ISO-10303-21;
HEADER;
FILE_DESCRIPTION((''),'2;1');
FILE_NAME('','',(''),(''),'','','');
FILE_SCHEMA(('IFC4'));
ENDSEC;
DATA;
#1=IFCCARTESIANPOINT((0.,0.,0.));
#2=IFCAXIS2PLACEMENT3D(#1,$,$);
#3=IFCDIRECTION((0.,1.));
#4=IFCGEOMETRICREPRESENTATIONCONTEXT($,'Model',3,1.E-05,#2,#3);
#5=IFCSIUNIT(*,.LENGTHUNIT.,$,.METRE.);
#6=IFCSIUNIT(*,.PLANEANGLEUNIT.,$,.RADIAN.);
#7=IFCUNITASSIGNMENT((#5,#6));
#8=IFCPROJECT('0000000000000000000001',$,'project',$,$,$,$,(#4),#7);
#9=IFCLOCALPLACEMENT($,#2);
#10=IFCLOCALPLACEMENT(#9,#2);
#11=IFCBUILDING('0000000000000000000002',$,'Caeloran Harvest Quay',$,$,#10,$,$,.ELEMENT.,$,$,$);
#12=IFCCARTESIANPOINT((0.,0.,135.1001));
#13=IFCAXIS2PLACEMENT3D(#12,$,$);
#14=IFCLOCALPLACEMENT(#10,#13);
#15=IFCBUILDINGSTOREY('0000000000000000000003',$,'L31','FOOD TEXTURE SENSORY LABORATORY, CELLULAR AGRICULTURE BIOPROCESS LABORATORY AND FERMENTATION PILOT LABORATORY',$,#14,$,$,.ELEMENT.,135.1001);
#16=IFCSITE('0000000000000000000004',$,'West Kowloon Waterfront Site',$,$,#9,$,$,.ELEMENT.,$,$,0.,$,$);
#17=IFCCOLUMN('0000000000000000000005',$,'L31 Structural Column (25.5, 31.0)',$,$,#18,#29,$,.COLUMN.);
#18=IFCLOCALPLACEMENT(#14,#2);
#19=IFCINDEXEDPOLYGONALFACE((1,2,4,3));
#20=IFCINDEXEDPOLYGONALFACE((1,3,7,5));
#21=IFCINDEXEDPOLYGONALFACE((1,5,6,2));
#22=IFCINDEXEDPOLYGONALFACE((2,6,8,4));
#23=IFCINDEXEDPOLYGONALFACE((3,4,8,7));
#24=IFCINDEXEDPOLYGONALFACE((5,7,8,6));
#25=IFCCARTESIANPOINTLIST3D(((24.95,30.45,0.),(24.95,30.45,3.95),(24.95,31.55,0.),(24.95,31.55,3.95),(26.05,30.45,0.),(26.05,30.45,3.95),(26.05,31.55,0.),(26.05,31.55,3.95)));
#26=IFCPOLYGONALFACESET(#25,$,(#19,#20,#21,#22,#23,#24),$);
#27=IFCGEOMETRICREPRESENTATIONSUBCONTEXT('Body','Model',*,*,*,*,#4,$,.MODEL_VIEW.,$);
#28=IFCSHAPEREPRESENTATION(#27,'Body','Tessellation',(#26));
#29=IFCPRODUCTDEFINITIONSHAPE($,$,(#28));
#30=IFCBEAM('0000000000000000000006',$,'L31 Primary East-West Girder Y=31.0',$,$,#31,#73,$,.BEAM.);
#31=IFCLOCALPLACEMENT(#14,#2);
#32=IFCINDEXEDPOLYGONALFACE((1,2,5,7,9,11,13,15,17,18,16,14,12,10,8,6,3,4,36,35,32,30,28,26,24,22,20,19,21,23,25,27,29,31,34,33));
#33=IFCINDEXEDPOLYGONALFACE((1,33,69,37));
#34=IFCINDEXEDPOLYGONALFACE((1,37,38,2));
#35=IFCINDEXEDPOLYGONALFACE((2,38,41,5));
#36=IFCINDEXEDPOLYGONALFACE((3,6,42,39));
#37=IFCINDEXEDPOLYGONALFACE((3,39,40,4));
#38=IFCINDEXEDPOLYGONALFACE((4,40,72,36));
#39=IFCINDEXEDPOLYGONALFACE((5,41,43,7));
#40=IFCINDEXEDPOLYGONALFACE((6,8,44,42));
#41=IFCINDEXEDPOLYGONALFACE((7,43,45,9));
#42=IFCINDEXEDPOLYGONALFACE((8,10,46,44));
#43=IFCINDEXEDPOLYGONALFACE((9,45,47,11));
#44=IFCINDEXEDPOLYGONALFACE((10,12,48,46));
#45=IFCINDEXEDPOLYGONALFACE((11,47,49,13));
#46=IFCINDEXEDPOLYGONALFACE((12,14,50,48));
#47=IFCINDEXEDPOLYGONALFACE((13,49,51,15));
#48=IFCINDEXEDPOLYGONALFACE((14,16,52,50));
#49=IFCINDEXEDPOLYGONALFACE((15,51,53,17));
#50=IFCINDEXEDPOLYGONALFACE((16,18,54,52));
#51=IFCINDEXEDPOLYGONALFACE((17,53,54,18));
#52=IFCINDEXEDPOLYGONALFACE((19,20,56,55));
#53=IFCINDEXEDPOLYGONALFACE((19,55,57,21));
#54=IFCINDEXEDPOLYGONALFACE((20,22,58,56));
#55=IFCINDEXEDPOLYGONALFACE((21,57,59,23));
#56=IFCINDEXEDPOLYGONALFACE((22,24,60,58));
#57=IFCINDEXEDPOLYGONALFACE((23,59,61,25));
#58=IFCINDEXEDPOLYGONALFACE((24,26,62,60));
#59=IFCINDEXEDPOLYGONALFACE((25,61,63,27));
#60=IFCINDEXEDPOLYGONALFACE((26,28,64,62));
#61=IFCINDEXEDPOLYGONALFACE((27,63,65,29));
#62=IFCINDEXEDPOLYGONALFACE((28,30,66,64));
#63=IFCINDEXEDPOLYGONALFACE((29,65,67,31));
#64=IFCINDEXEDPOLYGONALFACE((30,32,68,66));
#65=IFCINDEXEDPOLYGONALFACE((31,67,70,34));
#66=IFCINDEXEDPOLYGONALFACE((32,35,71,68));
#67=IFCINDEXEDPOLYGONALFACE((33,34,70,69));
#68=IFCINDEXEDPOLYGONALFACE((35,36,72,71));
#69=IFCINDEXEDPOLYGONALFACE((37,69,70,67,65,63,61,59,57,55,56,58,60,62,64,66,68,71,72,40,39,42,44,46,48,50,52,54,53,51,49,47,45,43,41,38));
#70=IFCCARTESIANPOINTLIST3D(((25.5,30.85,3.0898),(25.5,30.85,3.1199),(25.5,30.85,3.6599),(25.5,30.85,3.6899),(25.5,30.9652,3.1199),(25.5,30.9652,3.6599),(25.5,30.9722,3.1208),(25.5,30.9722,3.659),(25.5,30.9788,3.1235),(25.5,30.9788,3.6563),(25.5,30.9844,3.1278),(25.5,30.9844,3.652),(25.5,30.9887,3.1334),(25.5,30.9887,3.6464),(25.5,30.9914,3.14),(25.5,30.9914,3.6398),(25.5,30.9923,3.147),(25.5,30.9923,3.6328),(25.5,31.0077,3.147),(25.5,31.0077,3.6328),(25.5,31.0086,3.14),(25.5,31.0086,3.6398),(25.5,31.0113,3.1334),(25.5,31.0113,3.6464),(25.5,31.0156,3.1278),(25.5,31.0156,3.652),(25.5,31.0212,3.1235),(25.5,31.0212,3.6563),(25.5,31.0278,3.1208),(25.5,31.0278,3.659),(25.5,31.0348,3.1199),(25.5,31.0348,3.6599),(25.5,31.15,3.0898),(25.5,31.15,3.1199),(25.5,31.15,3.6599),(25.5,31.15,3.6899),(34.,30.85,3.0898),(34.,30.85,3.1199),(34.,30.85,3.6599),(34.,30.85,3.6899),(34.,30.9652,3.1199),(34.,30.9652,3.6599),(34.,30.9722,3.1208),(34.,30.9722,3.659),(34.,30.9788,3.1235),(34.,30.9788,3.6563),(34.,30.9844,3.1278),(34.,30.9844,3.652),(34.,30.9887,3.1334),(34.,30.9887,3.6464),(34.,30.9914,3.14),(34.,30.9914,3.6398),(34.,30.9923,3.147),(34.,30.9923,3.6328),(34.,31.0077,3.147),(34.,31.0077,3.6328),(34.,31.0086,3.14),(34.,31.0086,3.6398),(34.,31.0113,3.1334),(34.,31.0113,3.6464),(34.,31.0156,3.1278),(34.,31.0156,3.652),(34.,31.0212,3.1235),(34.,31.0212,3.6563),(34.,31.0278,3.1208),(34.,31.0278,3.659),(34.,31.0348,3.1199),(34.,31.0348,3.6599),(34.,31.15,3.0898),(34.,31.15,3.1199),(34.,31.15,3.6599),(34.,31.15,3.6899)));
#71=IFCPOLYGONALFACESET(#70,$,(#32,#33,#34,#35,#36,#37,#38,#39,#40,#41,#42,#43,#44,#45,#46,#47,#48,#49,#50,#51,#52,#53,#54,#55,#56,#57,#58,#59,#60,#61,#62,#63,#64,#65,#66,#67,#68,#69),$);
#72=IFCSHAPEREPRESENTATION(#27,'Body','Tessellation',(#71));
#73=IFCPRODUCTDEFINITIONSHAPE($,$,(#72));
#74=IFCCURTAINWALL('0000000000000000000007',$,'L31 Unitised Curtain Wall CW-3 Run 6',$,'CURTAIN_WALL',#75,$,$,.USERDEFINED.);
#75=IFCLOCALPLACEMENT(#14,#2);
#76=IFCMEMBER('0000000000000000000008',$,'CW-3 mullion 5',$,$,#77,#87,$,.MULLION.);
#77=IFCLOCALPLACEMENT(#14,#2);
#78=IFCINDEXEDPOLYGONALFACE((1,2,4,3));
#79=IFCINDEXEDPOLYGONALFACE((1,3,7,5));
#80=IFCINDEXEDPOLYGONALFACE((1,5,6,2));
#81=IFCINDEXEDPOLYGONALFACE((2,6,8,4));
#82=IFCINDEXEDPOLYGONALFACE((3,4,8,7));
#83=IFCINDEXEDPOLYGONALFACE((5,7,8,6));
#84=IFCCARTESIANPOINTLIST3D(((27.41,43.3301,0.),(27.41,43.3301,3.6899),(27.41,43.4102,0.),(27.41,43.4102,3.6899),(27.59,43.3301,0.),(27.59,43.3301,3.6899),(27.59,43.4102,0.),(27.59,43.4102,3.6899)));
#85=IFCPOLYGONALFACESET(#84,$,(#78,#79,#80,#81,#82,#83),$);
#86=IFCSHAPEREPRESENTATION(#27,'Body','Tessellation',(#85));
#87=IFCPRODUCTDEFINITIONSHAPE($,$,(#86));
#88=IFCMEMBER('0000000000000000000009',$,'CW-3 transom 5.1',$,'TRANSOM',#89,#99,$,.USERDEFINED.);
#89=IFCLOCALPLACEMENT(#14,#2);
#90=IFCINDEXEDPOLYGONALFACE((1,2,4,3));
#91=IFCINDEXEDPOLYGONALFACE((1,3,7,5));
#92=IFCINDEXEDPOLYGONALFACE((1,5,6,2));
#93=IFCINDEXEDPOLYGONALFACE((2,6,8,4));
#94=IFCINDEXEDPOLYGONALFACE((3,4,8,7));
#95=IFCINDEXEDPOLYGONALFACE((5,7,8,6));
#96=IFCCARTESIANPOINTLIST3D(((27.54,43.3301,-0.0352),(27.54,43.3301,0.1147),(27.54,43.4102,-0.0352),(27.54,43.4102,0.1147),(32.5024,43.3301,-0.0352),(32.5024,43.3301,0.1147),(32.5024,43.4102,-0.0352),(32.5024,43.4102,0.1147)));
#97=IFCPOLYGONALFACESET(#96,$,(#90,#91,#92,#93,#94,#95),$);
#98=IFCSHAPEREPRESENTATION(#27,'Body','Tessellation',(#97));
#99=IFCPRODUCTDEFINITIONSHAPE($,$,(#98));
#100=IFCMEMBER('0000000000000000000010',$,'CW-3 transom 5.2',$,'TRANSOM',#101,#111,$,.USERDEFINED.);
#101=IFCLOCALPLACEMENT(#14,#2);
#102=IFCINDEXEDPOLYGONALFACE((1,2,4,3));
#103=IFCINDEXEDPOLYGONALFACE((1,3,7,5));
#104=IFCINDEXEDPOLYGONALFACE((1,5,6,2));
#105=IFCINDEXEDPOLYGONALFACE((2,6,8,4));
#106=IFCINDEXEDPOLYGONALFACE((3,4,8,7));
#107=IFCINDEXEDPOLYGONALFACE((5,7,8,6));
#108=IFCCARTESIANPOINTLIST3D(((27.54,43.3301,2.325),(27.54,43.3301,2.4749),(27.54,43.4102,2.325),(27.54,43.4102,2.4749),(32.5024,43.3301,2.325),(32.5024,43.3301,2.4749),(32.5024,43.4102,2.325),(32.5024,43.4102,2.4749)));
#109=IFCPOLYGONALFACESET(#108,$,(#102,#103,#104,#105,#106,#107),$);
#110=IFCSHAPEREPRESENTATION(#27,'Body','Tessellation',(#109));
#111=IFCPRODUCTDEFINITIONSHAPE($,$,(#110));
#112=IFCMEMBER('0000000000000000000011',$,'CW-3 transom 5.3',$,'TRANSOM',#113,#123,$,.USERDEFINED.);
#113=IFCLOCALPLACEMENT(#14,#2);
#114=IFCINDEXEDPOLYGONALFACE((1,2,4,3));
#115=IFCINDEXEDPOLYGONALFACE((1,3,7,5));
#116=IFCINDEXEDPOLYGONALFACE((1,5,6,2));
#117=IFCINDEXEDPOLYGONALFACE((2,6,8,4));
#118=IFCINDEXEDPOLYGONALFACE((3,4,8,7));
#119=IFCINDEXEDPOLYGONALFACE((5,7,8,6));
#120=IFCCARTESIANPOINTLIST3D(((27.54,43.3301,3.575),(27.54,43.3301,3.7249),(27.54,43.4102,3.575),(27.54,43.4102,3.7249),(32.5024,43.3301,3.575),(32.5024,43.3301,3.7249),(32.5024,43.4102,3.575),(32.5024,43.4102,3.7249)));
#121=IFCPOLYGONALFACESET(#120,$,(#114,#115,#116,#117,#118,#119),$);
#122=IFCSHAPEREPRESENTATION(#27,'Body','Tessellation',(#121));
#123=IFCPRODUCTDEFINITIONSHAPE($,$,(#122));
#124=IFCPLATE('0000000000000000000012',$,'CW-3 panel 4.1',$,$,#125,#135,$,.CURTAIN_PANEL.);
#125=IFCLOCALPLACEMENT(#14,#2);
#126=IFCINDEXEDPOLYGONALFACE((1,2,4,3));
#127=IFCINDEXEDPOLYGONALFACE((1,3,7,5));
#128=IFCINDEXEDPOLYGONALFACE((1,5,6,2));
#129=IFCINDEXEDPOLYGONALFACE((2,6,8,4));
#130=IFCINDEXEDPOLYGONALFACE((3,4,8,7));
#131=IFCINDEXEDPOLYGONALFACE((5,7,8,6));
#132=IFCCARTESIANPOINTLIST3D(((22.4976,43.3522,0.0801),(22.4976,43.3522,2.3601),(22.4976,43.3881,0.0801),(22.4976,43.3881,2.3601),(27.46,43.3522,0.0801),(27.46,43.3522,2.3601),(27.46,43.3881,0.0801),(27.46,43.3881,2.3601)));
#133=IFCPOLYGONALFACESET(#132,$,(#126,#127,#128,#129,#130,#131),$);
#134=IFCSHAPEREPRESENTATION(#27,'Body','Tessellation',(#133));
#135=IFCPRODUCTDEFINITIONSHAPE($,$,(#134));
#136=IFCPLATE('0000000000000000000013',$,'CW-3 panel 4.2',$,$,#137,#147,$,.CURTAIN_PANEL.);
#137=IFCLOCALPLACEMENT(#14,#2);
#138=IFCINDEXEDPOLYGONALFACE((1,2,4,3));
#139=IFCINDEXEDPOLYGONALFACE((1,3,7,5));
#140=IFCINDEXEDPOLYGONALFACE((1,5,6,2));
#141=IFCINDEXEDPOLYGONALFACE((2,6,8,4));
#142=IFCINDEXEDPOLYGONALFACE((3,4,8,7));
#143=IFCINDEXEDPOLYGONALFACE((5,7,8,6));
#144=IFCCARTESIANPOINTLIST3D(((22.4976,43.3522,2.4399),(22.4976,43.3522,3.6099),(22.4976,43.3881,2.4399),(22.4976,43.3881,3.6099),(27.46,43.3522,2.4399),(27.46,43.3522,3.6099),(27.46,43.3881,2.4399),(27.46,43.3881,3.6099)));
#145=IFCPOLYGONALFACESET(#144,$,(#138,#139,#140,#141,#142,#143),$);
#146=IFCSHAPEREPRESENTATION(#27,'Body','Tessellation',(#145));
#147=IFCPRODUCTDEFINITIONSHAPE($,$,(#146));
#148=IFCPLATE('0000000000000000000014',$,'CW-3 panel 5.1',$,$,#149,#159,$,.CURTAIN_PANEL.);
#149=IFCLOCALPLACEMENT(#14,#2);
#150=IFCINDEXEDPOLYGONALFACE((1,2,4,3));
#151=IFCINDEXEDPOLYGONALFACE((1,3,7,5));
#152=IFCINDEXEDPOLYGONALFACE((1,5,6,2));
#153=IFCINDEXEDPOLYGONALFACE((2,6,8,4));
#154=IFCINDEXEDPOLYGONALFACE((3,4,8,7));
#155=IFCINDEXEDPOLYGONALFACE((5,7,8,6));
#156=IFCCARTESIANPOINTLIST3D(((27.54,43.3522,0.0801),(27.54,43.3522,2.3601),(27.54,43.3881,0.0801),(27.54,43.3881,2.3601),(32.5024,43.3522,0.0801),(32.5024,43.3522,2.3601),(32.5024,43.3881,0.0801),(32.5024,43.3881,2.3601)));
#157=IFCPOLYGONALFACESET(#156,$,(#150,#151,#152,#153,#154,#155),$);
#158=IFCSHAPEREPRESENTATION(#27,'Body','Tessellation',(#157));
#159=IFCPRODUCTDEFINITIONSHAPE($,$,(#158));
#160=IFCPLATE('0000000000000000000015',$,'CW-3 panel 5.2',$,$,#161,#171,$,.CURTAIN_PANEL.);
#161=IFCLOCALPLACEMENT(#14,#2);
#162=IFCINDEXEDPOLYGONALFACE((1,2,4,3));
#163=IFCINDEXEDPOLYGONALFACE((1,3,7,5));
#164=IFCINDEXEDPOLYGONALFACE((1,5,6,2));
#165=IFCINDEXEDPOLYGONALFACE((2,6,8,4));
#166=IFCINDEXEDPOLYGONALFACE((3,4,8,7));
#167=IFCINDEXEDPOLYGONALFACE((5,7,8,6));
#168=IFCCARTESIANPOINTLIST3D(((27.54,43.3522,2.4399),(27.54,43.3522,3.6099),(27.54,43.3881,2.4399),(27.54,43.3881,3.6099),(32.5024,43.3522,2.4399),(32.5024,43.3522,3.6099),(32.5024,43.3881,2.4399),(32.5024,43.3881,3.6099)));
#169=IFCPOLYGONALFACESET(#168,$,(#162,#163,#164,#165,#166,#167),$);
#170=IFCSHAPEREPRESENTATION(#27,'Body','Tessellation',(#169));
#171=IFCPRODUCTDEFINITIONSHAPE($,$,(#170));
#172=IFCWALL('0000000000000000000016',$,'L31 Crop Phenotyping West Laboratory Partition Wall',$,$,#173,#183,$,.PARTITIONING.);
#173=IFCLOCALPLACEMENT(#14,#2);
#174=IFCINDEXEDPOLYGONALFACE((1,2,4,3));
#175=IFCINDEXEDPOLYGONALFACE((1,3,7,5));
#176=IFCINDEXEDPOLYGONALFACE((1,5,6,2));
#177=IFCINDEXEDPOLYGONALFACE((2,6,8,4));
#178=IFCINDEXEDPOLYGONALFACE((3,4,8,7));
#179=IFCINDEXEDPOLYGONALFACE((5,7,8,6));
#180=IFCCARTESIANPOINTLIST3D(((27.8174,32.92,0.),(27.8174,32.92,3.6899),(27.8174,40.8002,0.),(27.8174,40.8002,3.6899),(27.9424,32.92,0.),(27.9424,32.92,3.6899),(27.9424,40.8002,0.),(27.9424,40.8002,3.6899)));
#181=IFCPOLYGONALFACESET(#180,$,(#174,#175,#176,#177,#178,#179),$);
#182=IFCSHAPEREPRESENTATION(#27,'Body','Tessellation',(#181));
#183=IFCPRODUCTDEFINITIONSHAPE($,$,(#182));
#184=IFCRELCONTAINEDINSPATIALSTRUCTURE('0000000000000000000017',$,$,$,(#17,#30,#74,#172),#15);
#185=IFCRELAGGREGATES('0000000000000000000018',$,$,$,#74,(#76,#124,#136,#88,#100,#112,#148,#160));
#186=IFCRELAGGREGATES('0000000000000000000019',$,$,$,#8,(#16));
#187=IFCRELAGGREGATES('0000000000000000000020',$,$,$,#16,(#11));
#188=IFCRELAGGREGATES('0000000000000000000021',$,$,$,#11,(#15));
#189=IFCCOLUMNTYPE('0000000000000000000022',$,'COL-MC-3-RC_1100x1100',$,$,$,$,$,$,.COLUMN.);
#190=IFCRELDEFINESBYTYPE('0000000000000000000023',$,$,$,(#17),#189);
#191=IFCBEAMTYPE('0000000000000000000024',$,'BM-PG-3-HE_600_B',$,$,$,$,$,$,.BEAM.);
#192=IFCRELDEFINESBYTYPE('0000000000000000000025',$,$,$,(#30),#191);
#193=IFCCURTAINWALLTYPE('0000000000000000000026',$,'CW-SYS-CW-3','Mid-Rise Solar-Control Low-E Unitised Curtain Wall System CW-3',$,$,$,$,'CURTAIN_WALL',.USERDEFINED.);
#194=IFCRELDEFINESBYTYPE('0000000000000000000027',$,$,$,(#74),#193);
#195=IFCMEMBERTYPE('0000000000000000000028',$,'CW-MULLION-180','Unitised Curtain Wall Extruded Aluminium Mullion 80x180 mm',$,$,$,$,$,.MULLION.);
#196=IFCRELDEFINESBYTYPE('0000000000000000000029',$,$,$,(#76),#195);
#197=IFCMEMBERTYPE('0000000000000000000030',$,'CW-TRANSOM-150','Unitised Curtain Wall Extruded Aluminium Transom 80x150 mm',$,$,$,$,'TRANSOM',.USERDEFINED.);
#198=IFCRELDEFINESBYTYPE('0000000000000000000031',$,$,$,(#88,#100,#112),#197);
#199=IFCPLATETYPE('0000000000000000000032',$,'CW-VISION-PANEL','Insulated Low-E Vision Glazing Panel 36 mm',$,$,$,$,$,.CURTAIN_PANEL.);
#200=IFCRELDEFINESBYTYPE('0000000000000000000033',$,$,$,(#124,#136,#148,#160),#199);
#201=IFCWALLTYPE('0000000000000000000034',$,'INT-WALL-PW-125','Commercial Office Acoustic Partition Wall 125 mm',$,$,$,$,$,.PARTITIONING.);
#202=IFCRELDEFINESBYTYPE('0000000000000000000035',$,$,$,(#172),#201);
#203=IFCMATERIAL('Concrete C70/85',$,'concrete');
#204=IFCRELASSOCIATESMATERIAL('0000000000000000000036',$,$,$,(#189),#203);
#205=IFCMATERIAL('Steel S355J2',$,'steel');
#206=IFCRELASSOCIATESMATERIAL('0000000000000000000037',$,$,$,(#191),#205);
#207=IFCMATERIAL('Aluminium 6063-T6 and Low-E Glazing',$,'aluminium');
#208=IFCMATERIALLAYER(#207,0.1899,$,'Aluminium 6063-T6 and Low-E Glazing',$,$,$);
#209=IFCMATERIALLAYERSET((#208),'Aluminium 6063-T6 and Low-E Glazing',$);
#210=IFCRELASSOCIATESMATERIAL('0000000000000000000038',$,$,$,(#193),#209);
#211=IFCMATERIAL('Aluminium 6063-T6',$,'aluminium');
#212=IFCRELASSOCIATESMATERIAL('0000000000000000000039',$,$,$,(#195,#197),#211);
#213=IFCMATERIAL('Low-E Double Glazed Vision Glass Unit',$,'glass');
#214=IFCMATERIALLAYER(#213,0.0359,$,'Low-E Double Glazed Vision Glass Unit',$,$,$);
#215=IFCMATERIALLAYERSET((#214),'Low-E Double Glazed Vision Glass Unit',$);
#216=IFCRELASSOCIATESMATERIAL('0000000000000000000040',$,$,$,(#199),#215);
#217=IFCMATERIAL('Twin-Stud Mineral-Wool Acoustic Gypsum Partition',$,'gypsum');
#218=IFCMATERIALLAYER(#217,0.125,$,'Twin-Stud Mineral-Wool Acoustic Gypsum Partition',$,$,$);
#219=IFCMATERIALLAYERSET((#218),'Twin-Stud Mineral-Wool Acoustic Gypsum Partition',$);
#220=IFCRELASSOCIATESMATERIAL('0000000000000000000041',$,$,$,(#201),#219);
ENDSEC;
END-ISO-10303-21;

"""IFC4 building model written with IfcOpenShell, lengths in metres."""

from ifc_helpers import new_model, si_unit, direction, frame, frame_2d, origin, origin_2d, place, context, subcontext, project, spatial, rectangle, i_section, extrude, material, layer, layer_set, material_profile, profile_set, type_object, element, aggregate, save


model = new_model("IFC4")

# Units and contexts
model_context = context("Model", 3, precision=1e-05, world=origin(), true_north=direction((0.0, 1.0)))
body_context = subcontext(model_context, "Body", "Model", "MODEL_VIEW")
ifc_project = project(units=[si_unit("LENGTHUNIT", "METRE"), si_unit("PLANEANGLEUNIT", "RADIAN")], contexts=[model_context])

# Site, building, storey
site_placement = place(None, origin())
site = spatial("IfcSite", under=ifc_project, at=site_placement, Name="West Kowloon Waterfront Site", CompositionType="ELEMENT", RefElevation=0.0)
building_placement = place(site_placement, origin())
building = spatial("IfcBuilding", under=site, at=building_placement, Name="Caeloran Harvest Quay", CompositionType="ELEMENT")
storey_placement = place(building_placement, frame((0.0, 0.0, 135.1001)))
storey = spatial("IfcBuildingStorey", under=building, at=storey_placement, Name="L31", Description="FOOD TEXTURE SENSORY LABORATORY, CELLULAR AGRICULTURE BIOPROCESS LABORATORY AND FERMENTATION PILOT LABORATORY", CompositionType="ELEMENT", Elevation=135.1001)

# Column
ifc_material_1 = material(Name="Concrete C70/85", Category="concrete")
ifc_material_profile_1 = material_profile(ifc_material_1, rectangle(XDim=1.1001, YDim=1.1001, at=origin_2d()), Name="RC 1100x1100")
ifc_profile_set_1 = profile_set([ifc_material_profile_1], Name="Concrete C70/85")
column_type = type_object("IfcColumnType", Name="COL-MC-3-RC_1100x1100", PredefinedType="COLUMN", material=ifc_profile_set_1)
column_placement = place(storey_placement, frame((25.5, 31.0, 0.0), z_axis=(0.0, 0.0, 1.0), x_axis=(1.0, 0.0, 0.0)))
element("IfcColumn", 1, at=column_placement, inside=storey, type_object=column_type, Name="L31 Structural Column (25.5, 31.0)", PredefinedType="COLUMN", context=body_context, shape_type="SweptSolid", body=[
    extrude(rectangle(XDim=1.1001, YDim=1.1001, at=origin_2d()), origin(), (0.0, 0.0, 1.0), 3.95),
])

# Beam
ifc_material_2 = material(Name="Steel S355J2", Category="steel")
ifc_material_profile_2 = material_profile(ifc_material_2, i_section(OverallWidth=0.3, OverallDepth=0.6001, WebThickness=0.0154, FlangeThickness=0.03, FilletRadius=0.0271, at=origin_2d()), Name="HE 600 B")
ifc_profile_set_2 = profile_set([ifc_material_profile_2], Name="Steel S355J2")
beam_type = type_object("IfcBeamType", Name="BM-PG-3-HE_600_B", PredefinedType="BEAM", material=ifc_profile_set_2)
beam_placement = place(storey_placement, frame((25.5, 31.0, 3.3899), z_axis=(1.0, 0.0, 0.0), x_axis=(0.0, 1.0, 0.0)))
element("IfcBeam", 2, at=beam_placement, inside=storey, type_object=beam_type, Name="L31 Primary East-West Girder Y=31.0", PredefinedType="BEAM", context=body_context, shape_type="SweptSolid", body=[
    extrude(i_section(OverallWidth=0.3, OverallDepth=0.6001, WebThickness=0.0154, FlangeThickness=0.03, FilletRadius=0.0271, at=origin_2d()), origin(), (0.0, 0.0, 1.0), 8.5),
])

# Curtain wall, members, plates
ifc_material_3 = material(Name="Aluminium 6063-T6 and Low-E Glazing", Category="aluminium")
ifc_layer_1 = layer(ifc_material_3, 0.1899, Name="Aluminium 6063-T6 and Low-E Glazing")
ifc_layer_set_1 = layer_set([ifc_layer_1], Name="Aluminium 6063-T6 and Low-E Glazing")
curtain_wall_type = type_object("IfcCurtainWallType", Name="CW-SYS-CW-3", Description="Mid-Rise Solar-Control Low-E Unitised Curtain Wall System CW-3", ElementType="CURTAIN_WALL", PredefinedType="USERDEFINED", material=ifc_layer_set_1)
curtain_wall_placement = place(storey_placement, origin())
curtain_wall = element("IfcCurtainWall", 3, at=curtain_wall_placement, inside=storey, type_object=curtain_wall_type, Name="L31 Unitised Curtain Wall CW-3 Run 6", ObjectType="CURTAIN_WALL", PredefinedType="USERDEFINED")
ifc_material_4 = material(Name="Aluminium 6063-T6", Category="aluminium")
ifc_material_profile_3 = material_profile(ifc_material_4, rectangle(XDim=0.0801, YDim=0.1799, at=origin_2d()), Name="CW-MULLION-180")
ifc_profile_set_3 = profile_set([ifc_material_profile_3], Name="Aluminium 6063-T6")
member_type_1 = type_object("IfcMemberType", Name="CW-MULLION-180", Description="Unitised Curtain Wall Extruded Aluminium Mullion 80x180 mm", PredefinedType="MULLION", material=ifc_profile_set_3)
member_1_placement = place(storey_placement, frame((27.5, 43.3701, 0.0), z_axis=(0.0, 0.0, 1.0), x_axis=(0.0, 1.0, 0.0)))
member_1 = element("IfcMember", 4, at=member_1_placement, type_object=member_type_1, Name="CW-3 mullion 5", PredefinedType="MULLION", context=body_context, shape_type="SweptSolid", body=[
    extrude(rectangle(XDim=0.0801, YDim=0.1799, at=origin_2d()), origin(), (0.0, 0.0, 1.0), 3.6899),
])
ifc_material_profile_4 = material_profile(ifc_material_4, rectangle(XDim=0.0801, YDim=0.1499, at=origin_2d()), Name="CW-TRANSOM-150")
ifc_profile_set_4 = profile_set([ifc_material_profile_4], Name="Aluminium 6063-T6")
member_type_2 = type_object("IfcMemberType", Name="CW-TRANSOM-150", Description="Unitised Curtain Wall Extruded Aluminium Transom 80x150 mm", ElementType="TRANSOM", PredefinedType="USERDEFINED", material=ifc_profile_set_4)
member_2_placement = place(storey_placement, frame((27.54, 43.3701, 0.0398), z_axis=(1.0, 0.0, 0.0), x_axis=(0.0, 1.0, 0.0)))
member_2 = element("IfcMember", 5, at=member_2_placement, type_object=member_type_2, Name="CW-3 transom 5.1", ObjectType="TRANSOM", PredefinedType="USERDEFINED", context=body_context, shape_type="SweptSolid", body=[
    extrude(rectangle(XDim=0.0801, YDim=0.1499, at=origin_2d()), origin(), (0.0, 0.0, 1.0), 4.9624),
])
member_3_placement = place(storey_placement, frame((27.54, 43.3701, 2.3999), z_axis=(1.0, 0.0, 0.0), x_axis=(0.0, 1.0, 0.0)))
member_3 = element("IfcMember", 6, at=member_3_placement, type_object=member_type_2, Name="CW-3 transom 5.2", ObjectType="TRANSOM", PredefinedType="USERDEFINED", context=body_context, shape_type="SweptSolid", body=[
    extrude(rectangle(XDim=0.0801, YDim=0.1499, at=origin_2d()), origin(), (0.0, 0.0, 1.0), 4.9624),
])
member_4_placement = place(storey_placement, frame((27.54, 43.3701, 3.6499), z_axis=(1.0, 0.0, 0.0), x_axis=(0.0, 1.0, 0.0)))
member_4 = element("IfcMember", 7, at=member_4_placement, type_object=member_type_2, Name="CW-3 transom 5.3", ObjectType="TRANSOM", PredefinedType="USERDEFINED", context=body_context, shape_type="SweptSolid", body=[
    extrude(rectangle(XDim=0.0801, YDim=0.1499, at=origin_2d()), origin(), (0.0, 0.0, 1.0), 4.9624),
])
ifc_material_5 = material(Name="Low-E Double Glazed Vision Glass Unit", Category="glass")
ifc_layer_2 = layer(ifc_material_5, 0.0359, Name="Low-E Double Glazed Vision Glass Unit")
ifc_layer_set_2 = layer_set([ifc_layer_2], Name="Low-E Double Glazed Vision Glass Unit")
plate_type = type_object("IfcPlateType", Name="CW-VISION-PANEL", Description="Insulated Low-E Vision Glazing Panel 36 mm", PredefinedType="CURTAIN_PANEL", material=ifc_layer_set_2)
plate_1_placement = place(storey_placement, frame((24.9788, 43.3701, 0.0801), z_axis=(0.0, 0.0, 1.0), x_axis=(1.0, 0.0, 0.0)))
plate_1 = element("IfcPlate", 8, at=plate_1_placement, type_object=plate_type, Name="CW-3 panel 4.1", PredefinedType="CURTAIN_PANEL", context=body_context, shape_type="SweptSolid", body=[
    extrude(rectangle(XDim=4.9624, YDim=0.0359, at=origin_2d()), origin(), (0.0, 0.0, 1.0), 2.28),
])
plate_2_placement = place(storey_placement, frame((24.9788, 43.3701, 2.4399), z_axis=(0.0, 0.0, 1.0), x_axis=(1.0, 0.0, 0.0)))
plate_2 = element("IfcPlate", 9, at=plate_2_placement, type_object=plate_type, Name="CW-3 panel 4.2", PredefinedType="CURTAIN_PANEL", context=body_context, shape_type="SweptSolid", body=[
    extrude(rectangle(XDim=4.9624, YDim=0.0359, at=origin_2d()), origin(), (0.0, 0.0, 1.0), 1.1699),
])
plate_3_placement = place(storey_placement, frame((30.0212, 43.3701, 0.0801), z_axis=(0.0, 0.0, 1.0), x_axis=(1.0, 0.0, 0.0)))
plate_3 = element("IfcPlate", 10, at=plate_3_placement, type_object=plate_type, Name="CW-3 panel 5.1", PredefinedType="CURTAIN_PANEL", context=body_context, shape_type="SweptSolid", body=[
    extrude(rectangle(XDim=4.9624, YDim=0.0359, at=origin_2d()), origin(), (0.0, 0.0, 1.0), 2.28),
])
plate_4_placement = place(storey_placement, frame((30.0212, 43.3701, 2.4399), z_axis=(0.0, 0.0, 1.0), x_axis=(1.0, 0.0, 0.0)))
plate_4 = element("IfcPlate", 11, at=plate_4_placement, type_object=plate_type, Name="CW-3 panel 5.2", PredefinedType="CURTAIN_PANEL", context=body_context, shape_type="SweptSolid", body=[
    extrude(rectangle(XDim=4.9624, YDim=0.0359, at=origin_2d()), origin(), (0.0, 0.0, 1.0), 1.1699),
])
aggregate(curtain_wall, [member_1, plate_1, plate_2, member_2, member_3, member_4, plate_3, plate_4])

# Wall
ifc_material_6 = material(Name="Twin-Stud Mineral-Wool Acoustic Gypsum Partition", Category="gypsum")
ifc_layer_3 = layer(ifc_material_6, 0.125, Name="Twin-Stud Mineral-Wool Acoustic Gypsum Partition")
ifc_layer_set_3 = layer_set([ifc_layer_3], Name="Twin-Stud Mineral-Wool Acoustic Gypsum Partition")
wall_type_1 = type_object("IfcWallType", Name="INT-WALL-PW-125", Description="Commercial Office Acoustic Partition Wall 125 mm", PredefinedType="PARTITIONING", material=ifc_layer_set_3)
wall_1_placement = place(storey_placement, frame((27.8799, 40.8, 0.0), z_axis=(0.0, 0.0, 1.0), x_axis=(0.0, -1.0, 0.0)))
element("IfcWall", 12, at=wall_1_placement, inside=storey, type_object=wall_type_1, Name="L31 Crop Phenotyping West Laboratory Partition Wall", PredefinedType="PARTITIONING", context=body_context, shape_type="SweptSolid", body=[
    extrude(rectangle(XDim=7.8801, YDim=0.125, at=frame_2d((3.9399, 0.0))), origin(), (0.0, 0.0, 1.0), 3.6899),
])

save(model, "model.ifc")
